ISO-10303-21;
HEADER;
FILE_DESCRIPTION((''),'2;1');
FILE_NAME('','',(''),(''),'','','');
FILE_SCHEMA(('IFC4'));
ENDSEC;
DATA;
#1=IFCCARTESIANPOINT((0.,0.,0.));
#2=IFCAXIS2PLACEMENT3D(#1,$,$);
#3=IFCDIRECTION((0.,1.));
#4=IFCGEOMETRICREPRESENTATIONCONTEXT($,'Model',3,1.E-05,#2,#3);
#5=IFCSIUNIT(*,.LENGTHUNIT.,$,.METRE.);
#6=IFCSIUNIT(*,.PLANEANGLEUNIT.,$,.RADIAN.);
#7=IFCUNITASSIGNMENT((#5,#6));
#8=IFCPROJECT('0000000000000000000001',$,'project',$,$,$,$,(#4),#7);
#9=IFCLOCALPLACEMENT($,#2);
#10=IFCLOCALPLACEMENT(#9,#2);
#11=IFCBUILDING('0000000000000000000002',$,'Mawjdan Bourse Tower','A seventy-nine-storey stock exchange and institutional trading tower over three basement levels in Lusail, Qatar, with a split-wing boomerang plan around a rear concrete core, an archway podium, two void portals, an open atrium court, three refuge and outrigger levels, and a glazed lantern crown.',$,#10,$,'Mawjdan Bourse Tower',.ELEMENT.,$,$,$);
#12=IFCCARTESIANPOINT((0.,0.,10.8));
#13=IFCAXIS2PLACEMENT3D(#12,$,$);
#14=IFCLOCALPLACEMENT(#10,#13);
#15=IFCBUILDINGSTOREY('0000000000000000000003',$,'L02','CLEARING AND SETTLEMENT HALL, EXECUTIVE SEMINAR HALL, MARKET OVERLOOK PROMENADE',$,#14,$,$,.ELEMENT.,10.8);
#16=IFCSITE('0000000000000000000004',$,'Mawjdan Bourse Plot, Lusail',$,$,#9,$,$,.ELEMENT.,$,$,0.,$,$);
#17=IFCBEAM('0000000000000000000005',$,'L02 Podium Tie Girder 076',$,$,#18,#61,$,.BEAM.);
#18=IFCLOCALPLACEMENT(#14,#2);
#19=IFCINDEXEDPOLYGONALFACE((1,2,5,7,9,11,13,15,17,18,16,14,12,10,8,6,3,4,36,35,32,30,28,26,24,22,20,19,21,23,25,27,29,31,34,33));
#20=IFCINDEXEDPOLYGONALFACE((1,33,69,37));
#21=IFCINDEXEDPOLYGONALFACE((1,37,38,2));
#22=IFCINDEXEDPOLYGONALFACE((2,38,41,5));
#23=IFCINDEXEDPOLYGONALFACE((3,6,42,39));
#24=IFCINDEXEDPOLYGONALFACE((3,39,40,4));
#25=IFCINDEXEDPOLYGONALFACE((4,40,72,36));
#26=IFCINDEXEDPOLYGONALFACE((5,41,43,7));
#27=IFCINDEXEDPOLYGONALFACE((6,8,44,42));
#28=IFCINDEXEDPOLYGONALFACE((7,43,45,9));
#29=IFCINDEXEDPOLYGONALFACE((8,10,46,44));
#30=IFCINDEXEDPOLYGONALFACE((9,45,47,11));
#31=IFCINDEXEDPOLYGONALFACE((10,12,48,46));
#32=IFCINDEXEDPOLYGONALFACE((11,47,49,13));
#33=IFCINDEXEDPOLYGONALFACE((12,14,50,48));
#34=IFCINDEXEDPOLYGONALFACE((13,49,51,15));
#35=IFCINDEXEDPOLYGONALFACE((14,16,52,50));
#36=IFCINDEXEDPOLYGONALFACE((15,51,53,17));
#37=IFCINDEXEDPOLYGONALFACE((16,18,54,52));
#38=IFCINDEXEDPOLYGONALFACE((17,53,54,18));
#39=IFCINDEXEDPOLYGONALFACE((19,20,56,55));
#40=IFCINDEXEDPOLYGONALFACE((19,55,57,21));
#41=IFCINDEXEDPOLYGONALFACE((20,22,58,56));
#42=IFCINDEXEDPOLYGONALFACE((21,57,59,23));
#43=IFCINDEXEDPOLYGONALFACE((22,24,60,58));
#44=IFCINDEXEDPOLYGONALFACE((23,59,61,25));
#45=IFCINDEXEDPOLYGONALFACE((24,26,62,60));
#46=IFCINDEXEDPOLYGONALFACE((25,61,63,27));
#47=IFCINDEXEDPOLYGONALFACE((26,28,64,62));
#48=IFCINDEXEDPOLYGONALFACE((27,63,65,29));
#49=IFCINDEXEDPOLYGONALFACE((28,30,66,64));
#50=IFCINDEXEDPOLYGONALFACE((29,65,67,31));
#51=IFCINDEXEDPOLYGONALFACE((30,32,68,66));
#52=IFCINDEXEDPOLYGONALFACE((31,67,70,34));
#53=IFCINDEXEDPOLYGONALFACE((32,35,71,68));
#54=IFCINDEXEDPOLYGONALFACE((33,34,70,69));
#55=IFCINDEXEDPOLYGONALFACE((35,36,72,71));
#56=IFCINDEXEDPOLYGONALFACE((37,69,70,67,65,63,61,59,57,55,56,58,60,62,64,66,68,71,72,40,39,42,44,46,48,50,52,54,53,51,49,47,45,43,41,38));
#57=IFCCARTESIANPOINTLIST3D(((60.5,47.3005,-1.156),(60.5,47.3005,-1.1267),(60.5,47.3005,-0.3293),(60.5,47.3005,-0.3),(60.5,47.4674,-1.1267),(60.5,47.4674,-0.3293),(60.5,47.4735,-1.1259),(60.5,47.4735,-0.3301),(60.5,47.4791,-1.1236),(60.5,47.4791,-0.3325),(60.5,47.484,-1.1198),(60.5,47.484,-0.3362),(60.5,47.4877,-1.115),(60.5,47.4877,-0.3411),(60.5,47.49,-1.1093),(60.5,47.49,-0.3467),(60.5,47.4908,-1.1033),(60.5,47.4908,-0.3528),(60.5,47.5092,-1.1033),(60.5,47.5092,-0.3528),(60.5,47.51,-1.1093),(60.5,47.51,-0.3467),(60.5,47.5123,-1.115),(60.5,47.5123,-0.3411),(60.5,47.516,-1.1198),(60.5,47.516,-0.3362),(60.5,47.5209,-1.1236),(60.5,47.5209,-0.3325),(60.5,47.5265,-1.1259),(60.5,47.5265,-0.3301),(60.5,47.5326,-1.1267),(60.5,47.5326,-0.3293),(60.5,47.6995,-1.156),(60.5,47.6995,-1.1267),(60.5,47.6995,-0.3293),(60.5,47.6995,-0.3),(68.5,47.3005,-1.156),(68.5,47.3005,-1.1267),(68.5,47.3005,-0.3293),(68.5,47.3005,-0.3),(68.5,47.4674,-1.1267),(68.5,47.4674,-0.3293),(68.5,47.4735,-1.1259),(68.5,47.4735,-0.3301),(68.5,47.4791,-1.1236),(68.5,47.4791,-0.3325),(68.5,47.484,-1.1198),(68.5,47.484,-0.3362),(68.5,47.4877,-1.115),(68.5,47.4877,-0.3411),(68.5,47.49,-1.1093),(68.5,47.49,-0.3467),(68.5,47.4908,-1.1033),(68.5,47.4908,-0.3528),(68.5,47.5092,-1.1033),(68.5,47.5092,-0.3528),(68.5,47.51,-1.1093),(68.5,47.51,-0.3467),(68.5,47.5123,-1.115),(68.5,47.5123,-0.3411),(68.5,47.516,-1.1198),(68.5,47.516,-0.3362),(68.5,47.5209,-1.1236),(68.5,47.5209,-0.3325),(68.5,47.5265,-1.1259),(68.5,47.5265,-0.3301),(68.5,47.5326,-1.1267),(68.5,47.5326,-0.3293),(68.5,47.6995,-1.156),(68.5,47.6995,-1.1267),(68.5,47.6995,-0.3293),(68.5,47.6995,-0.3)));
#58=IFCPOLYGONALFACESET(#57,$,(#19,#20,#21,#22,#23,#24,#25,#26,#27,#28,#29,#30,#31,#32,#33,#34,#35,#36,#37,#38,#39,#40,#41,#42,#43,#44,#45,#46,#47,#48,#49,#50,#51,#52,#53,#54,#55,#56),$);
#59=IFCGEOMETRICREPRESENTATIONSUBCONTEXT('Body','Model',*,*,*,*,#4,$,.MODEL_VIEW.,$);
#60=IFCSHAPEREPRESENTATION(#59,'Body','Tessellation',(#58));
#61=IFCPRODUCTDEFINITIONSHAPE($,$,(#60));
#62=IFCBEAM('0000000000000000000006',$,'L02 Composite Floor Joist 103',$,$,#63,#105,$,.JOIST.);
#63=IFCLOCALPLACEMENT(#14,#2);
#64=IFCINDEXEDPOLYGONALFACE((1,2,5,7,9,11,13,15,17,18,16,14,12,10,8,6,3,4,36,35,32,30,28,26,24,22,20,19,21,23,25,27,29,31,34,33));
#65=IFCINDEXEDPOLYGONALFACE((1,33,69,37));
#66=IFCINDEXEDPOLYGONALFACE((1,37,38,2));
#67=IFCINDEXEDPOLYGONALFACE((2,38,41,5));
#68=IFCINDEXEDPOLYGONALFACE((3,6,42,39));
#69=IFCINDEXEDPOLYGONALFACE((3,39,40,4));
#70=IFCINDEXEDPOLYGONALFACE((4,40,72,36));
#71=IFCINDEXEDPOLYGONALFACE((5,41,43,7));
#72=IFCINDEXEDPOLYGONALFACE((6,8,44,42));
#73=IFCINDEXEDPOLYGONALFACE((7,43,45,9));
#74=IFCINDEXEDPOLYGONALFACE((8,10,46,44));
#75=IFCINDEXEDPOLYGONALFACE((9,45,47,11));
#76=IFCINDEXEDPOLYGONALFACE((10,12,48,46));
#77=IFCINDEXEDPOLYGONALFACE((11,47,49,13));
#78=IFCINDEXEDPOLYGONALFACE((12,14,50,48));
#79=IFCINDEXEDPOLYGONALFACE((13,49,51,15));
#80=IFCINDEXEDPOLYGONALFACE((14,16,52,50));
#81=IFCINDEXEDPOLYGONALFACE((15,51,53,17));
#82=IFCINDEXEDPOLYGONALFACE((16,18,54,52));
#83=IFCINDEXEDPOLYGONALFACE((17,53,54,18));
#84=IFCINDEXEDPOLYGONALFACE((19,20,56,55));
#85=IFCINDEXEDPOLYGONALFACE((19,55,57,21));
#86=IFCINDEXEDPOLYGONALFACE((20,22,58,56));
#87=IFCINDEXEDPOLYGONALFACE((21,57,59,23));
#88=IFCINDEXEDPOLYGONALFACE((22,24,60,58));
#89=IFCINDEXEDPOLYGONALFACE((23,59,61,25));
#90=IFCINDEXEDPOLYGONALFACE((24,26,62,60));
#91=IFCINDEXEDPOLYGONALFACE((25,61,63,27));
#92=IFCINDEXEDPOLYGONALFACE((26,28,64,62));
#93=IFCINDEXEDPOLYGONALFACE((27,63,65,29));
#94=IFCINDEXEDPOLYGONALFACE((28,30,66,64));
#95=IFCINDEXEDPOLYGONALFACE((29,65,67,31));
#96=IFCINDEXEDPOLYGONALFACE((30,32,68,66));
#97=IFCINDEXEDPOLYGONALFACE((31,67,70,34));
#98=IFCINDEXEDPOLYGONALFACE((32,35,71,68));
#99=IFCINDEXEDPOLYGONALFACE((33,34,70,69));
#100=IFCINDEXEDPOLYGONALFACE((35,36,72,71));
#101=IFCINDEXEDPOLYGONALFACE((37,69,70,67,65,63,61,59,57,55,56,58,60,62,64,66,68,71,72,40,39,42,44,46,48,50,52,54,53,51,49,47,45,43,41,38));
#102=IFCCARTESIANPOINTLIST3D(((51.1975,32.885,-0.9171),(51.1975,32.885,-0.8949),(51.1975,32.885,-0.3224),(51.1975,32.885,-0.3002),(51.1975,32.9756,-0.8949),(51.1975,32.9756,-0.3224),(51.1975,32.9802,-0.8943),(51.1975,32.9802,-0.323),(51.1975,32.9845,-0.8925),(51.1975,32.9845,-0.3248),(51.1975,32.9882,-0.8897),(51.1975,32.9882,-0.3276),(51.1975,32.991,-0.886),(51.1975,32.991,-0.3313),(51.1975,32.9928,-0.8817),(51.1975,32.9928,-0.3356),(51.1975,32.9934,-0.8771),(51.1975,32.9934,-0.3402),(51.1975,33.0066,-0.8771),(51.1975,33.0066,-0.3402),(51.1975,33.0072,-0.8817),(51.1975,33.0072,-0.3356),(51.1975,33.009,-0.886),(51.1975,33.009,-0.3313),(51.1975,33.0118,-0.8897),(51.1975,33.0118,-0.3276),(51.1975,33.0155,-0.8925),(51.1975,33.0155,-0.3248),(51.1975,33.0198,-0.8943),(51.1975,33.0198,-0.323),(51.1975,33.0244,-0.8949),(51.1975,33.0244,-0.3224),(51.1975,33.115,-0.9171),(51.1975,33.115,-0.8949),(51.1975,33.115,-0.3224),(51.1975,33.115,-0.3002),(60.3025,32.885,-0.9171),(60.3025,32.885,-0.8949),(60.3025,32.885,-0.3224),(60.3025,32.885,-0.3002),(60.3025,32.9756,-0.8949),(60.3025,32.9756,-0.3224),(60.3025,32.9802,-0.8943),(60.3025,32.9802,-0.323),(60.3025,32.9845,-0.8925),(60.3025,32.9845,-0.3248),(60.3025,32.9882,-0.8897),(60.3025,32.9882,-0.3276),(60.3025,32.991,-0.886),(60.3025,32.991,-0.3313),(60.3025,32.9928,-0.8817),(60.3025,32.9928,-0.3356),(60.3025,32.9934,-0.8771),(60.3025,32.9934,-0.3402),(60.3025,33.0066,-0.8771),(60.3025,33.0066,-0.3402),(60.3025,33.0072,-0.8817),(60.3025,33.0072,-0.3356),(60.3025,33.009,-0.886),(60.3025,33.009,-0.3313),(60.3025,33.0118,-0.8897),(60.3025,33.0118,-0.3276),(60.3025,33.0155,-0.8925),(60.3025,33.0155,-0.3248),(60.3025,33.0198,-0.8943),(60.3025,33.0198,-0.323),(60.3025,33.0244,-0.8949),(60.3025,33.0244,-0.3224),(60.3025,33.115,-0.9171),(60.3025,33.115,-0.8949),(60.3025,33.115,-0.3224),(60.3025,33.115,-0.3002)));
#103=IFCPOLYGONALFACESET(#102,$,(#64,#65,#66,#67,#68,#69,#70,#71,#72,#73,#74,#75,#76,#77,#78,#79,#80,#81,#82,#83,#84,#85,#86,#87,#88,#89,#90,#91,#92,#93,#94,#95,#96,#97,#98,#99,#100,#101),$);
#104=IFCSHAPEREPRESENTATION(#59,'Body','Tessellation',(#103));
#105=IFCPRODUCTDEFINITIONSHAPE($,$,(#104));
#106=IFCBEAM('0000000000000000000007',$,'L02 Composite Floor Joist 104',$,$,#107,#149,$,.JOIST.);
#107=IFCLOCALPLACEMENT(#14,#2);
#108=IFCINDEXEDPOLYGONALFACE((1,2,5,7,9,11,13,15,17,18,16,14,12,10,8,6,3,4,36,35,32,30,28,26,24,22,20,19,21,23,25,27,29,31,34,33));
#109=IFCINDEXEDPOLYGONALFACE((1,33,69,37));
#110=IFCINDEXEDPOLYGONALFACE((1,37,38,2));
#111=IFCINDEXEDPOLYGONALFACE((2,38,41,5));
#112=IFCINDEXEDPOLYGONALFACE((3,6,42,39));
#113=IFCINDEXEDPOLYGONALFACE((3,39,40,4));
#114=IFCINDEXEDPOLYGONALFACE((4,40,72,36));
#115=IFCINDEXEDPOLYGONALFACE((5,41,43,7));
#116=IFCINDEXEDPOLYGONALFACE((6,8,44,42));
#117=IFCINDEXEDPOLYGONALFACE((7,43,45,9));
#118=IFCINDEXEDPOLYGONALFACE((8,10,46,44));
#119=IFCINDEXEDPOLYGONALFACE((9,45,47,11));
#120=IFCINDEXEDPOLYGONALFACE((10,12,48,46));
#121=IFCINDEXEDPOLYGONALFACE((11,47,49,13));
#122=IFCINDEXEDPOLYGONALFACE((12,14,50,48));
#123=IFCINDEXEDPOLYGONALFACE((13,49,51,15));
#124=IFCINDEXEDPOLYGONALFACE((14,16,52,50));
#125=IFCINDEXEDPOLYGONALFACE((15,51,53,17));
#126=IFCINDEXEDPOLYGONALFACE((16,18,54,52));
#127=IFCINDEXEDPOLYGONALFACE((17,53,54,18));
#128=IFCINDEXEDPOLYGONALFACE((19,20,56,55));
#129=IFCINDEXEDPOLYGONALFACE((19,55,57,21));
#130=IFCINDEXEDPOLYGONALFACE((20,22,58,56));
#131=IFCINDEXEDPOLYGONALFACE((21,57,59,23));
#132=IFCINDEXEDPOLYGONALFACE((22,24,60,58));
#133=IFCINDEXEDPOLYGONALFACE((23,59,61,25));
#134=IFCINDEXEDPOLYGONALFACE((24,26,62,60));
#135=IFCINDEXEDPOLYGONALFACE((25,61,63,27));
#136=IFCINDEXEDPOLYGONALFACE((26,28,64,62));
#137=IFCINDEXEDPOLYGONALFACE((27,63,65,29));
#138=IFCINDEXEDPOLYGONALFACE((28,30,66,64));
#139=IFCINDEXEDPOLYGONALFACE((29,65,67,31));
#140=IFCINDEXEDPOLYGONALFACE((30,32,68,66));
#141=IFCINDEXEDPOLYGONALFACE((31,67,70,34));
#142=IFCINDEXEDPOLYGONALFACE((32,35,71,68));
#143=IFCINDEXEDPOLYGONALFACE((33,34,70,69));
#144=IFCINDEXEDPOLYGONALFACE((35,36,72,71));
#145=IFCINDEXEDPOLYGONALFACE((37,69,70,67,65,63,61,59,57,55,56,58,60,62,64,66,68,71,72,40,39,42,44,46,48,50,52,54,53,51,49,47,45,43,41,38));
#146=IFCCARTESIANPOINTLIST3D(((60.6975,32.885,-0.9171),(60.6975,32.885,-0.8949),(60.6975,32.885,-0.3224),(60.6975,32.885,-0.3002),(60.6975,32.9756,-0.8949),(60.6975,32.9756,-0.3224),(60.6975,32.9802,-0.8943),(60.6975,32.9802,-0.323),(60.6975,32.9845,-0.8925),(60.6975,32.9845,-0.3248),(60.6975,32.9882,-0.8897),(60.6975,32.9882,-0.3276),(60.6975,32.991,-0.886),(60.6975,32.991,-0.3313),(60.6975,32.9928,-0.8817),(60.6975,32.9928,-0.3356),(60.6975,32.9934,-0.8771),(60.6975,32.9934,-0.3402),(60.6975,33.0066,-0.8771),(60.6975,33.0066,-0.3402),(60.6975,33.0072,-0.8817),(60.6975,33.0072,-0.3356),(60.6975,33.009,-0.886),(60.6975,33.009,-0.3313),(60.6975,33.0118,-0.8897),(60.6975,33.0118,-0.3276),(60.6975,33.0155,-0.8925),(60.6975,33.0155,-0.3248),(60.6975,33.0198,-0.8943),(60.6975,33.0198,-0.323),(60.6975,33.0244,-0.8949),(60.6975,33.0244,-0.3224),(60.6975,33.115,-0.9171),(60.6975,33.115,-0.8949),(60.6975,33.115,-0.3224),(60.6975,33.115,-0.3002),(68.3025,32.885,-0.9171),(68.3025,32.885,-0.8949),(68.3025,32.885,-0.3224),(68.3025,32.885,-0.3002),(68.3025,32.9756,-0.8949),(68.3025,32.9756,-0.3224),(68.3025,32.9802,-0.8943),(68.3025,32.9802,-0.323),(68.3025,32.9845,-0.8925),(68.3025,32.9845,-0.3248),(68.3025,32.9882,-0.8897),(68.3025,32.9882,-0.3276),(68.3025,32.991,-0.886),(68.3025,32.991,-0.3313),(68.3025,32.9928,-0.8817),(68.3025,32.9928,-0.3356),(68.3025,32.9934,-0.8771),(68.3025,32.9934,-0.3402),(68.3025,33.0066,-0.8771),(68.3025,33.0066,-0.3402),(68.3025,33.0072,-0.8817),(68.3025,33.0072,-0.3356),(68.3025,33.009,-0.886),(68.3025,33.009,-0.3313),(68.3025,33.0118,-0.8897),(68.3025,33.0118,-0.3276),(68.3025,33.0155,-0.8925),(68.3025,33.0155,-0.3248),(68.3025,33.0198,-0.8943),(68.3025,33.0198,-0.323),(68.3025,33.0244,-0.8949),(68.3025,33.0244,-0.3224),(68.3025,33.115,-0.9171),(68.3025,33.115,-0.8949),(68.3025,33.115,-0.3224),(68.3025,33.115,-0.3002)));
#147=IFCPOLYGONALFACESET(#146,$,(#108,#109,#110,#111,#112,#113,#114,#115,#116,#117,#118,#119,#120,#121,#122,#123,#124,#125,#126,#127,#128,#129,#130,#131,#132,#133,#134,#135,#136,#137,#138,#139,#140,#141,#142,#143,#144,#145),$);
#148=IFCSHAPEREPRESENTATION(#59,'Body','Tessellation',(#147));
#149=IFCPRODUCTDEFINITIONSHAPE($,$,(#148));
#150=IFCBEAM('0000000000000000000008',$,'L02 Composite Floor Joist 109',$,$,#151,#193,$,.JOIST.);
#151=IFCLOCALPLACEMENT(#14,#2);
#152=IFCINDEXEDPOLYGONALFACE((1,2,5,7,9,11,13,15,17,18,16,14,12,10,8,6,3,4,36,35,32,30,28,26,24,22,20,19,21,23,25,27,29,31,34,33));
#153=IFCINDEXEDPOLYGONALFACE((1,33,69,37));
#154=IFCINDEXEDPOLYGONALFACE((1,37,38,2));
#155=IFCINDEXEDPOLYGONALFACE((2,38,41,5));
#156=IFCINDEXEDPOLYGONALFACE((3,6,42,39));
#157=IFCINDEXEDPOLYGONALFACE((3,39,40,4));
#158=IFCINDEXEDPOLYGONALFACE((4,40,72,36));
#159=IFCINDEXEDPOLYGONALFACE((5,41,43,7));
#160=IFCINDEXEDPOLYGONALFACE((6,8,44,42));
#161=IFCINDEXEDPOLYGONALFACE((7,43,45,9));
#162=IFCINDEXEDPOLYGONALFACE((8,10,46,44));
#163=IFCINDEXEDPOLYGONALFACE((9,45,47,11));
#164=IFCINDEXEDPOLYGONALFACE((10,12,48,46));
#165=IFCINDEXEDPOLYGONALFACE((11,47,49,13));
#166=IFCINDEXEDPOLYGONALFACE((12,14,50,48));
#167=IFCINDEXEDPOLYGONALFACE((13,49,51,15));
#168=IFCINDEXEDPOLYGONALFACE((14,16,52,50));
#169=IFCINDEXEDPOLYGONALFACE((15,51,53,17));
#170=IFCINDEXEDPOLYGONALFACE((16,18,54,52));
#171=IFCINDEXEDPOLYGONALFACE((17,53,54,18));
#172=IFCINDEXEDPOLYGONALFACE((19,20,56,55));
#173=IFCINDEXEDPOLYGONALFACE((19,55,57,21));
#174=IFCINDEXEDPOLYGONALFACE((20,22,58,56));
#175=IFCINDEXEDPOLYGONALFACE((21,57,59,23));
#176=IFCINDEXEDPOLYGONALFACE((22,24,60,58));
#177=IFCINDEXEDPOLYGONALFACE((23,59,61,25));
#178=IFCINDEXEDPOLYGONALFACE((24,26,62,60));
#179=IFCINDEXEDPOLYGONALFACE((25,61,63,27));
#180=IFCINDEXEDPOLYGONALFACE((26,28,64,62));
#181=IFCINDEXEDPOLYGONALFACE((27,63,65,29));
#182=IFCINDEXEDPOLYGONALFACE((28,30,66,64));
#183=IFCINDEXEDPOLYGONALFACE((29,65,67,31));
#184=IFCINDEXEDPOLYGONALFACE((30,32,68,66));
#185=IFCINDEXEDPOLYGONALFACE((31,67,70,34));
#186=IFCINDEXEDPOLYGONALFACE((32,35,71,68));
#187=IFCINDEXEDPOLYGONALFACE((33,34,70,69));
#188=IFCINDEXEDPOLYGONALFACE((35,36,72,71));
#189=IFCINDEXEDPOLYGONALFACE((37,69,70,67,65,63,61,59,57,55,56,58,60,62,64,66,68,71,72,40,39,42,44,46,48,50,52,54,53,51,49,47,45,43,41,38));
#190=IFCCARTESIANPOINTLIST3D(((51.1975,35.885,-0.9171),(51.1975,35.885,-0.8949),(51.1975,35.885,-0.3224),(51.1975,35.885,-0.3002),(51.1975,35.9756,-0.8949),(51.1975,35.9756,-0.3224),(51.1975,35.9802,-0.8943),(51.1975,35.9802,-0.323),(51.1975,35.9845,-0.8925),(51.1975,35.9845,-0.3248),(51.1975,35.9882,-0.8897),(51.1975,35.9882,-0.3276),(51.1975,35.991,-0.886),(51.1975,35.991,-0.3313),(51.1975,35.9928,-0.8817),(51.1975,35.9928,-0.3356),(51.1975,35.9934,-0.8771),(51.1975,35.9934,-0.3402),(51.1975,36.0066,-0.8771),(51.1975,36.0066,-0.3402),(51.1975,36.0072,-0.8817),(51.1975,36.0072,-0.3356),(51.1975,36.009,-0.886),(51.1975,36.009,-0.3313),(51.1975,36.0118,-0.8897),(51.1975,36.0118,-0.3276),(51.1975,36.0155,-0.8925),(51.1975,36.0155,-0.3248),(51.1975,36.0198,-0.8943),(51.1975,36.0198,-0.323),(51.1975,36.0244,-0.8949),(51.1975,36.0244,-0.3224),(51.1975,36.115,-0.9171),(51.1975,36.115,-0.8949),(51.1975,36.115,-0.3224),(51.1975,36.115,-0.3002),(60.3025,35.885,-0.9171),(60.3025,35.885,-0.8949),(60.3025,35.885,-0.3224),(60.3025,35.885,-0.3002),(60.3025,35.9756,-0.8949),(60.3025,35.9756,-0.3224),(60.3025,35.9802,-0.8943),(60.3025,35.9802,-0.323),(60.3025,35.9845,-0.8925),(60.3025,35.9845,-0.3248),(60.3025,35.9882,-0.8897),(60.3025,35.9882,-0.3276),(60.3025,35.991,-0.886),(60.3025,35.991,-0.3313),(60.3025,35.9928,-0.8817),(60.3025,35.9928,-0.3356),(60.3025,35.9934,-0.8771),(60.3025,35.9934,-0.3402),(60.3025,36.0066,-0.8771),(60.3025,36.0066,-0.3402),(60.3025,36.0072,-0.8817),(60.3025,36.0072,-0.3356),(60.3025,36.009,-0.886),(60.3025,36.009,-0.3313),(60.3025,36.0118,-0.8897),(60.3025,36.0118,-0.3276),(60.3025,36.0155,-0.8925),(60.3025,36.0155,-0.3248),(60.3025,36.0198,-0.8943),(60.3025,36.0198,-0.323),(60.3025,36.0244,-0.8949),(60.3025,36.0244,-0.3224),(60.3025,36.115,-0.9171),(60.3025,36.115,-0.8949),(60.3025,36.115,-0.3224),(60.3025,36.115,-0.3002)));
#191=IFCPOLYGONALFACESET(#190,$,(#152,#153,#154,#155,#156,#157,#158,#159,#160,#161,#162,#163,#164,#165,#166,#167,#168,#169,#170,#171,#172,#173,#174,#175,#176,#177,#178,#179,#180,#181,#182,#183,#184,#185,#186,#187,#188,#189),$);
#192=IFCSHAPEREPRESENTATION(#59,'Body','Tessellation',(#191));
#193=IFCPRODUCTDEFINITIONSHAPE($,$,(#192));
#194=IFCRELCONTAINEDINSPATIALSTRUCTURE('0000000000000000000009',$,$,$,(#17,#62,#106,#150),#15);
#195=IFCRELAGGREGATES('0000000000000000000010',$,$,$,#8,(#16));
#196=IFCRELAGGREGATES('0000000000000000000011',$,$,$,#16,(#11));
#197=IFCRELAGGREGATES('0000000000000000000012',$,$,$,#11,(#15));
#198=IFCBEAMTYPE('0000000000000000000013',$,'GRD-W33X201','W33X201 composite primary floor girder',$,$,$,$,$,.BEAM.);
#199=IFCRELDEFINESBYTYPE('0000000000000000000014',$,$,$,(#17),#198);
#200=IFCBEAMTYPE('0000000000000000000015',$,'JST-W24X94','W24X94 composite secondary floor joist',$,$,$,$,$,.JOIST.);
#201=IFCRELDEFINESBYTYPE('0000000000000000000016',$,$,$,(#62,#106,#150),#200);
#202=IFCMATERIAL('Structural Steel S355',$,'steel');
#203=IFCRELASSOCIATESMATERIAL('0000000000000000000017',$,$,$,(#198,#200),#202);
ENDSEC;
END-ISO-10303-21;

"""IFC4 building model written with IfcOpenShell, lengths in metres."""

from ifc_helpers import new_model, si_unit, direction, frame, origin, origin_2d, place, context, subcontext, project, spatial, i_section, extrude, material, material_profile, profile_set, type_object, element, save


model = new_model("IFC4")

# Units and contexts
model_context = context("Model", 3, precision=1e-05, world=origin(), true_north=direction((0.0, 1.0)))
body_context = subcontext(model_context, "Body", "Model", "MODEL_VIEW")
ifc_project = project(units=[si_unit("LENGTHUNIT", "METRE"), si_unit("PLANEANGLEUNIT", "RADIAN")], contexts=[model_context])

# Site, building, storey
site_placement = place(None, origin())
site = spatial("IfcSite", under=ifc_project, at=site_placement, Name="Mawjdan Bourse Plot, Lusail", CompositionType="ELEMENT", RefElevation=0.0)
building_placement = place(site_placement, origin())
building = spatial("IfcBuilding", under=site, at=building_placement, Name="Mawjdan Bourse Tower", Description="A seventy-nine-storey stock exchange and institutional trading tower over three basement levels in Lusail, Qatar, with a split-wing boomerang plan around a rear concrete core, an archway podium, two void portals, an open atrium court, three refuge and outrigger levels, and a glazed lantern crown.", LongName="Mawjdan Bourse Tower", CompositionType="ELEMENT")
storey_placement = place(building_placement, frame((0.0, 0.0, 10.8)))
storey = spatial("IfcBuildingStorey", under=building, at=storey_placement, Name="L02", Description="CLEARING AND SETTLEMENT HALL, EXECUTIVE SEMINAR HALL, MARKET OVERLOOK PROMENADE", CompositionType="ELEMENT", Elevation=10.8)

# Beams
ifc_material_1 = material(Name="Structural Steel S355", Category="steel")
ifc_material_profile_1 = material_profile(ifc_material_1, i_section(OverallWidth=0.3989, OverallDepth=0.856, WebThickness=0.0183, FlangeThickness=0.0293, FilletRadius=0.0234, at=origin_2d()), Name="W33X201")
ifc_profile_set_1 = profile_set([ifc_material_profile_1], Name="Structural Steel S355")
beam_type_1 = type_object("IfcBeamType", Name="GRD-W33X201", Description="W33X201 composite primary floor girder", PredefinedType="BEAM", material=ifc_profile_set_1)
beam_1_placement = place(storey_placement, frame((60.5, 47.5, -0.728), z_axis=(1.0, 0.0, 0.0), x_axis=(0.0, 1.0, 0.0)))
element("IfcBeam", 1, at=beam_1_placement, inside=storey, type_object=beam_type_1, Name="L02 Podium Tie Girder 076", PredefinedType="BEAM", context=body_context, shape_type="SweptSolid", body=[
    extrude(i_section(OverallWidth=0.3989, OverallDepth=0.856, WebThickness=0.0183, FlangeThickness=0.0293, FilletRadius=0.0234, at=origin_2d()), origin(), (0.0, 0.0, 1.0), 8.0),
])
ifc_material_profile_2 = material_profile(ifc_material_1, i_section(OverallWidth=0.23, OverallDepth=0.6169, WebThickness=0.0132, FlangeThickness=0.0222, FilletRadius=0.0178, at=origin_2d()), Name="W24X94")
ifc_profile_set_2 = profile_set([ifc_material_profile_2], Name="Structural Steel S355")
beam_type_2 = type_object("IfcBeamType", Name="JST-W24X94", Description="W24X94 composite secondary floor joist", PredefinedType="JOIST", material=ifc_profile_set_2)
beam_2_placement = place(storey_placement, frame((51.1975, 33.0, -0.6086), z_axis=(1.0, 0.0, 0.0), x_axis=(0.0, 1.0, 0.0)))
element("IfcBeam", 2, at=beam_2_placement, inside=storey, type_object=beam_type_2, Name="L02 Composite Floor Joist 103", PredefinedType="JOIST", context=body_context, shape_type="SweptSolid", body=[
    extrude(i_section(OverallWidth=0.23, OverallDepth=0.6169, WebThickness=0.0132, FlangeThickness=0.0222, FilletRadius=0.0178, at=origin_2d()), origin(), (0.0, 0.0, 1.0), 9.105),
])
beam_3_placement = place(storey_placement, frame((60.6975, 33.0, -0.6086), z_axis=(1.0, 0.0, 0.0), x_axis=(0.0, 1.0, 0.0)))
element("IfcBeam", 3, at=beam_3_placement, inside=storey, type_object=beam_type_2, Name="L02 Composite Floor Joist 104", PredefinedType="JOIST", context=body_context, shape_type="SweptSolid", body=[
    extrude(i_section(OverallWidth=0.23, OverallDepth=0.6169, WebThickness=0.0132, FlangeThickness=0.0222, FilletRadius=0.0178, at=origin_2d()), origin(), (0.0, 0.0, 1.0), 7.605),
])
beam_4_placement = place(storey_placement, frame((51.1975, 36.0, -0.6086), z_axis=(1.0, 0.0, 0.0), x_axis=(0.0, 1.0, 0.0)))
element("IfcBeam", 4, at=beam_4_placement, inside=storey, type_object=beam_type_2, Name="L02 Composite Floor Joist 109", PredefinedType="JOIST", context=body_context, shape_type="SweptSolid", body=[
    extrude(i_section(OverallWidth=0.23, OverallDepth=0.6169, WebThickness=0.0132, FlangeThickness=0.0222, FilletRadius=0.0178, at=origin_2d()), origin(), (0.0, 0.0, 1.0), 9.105),
])

save(model, "model.ifc")
